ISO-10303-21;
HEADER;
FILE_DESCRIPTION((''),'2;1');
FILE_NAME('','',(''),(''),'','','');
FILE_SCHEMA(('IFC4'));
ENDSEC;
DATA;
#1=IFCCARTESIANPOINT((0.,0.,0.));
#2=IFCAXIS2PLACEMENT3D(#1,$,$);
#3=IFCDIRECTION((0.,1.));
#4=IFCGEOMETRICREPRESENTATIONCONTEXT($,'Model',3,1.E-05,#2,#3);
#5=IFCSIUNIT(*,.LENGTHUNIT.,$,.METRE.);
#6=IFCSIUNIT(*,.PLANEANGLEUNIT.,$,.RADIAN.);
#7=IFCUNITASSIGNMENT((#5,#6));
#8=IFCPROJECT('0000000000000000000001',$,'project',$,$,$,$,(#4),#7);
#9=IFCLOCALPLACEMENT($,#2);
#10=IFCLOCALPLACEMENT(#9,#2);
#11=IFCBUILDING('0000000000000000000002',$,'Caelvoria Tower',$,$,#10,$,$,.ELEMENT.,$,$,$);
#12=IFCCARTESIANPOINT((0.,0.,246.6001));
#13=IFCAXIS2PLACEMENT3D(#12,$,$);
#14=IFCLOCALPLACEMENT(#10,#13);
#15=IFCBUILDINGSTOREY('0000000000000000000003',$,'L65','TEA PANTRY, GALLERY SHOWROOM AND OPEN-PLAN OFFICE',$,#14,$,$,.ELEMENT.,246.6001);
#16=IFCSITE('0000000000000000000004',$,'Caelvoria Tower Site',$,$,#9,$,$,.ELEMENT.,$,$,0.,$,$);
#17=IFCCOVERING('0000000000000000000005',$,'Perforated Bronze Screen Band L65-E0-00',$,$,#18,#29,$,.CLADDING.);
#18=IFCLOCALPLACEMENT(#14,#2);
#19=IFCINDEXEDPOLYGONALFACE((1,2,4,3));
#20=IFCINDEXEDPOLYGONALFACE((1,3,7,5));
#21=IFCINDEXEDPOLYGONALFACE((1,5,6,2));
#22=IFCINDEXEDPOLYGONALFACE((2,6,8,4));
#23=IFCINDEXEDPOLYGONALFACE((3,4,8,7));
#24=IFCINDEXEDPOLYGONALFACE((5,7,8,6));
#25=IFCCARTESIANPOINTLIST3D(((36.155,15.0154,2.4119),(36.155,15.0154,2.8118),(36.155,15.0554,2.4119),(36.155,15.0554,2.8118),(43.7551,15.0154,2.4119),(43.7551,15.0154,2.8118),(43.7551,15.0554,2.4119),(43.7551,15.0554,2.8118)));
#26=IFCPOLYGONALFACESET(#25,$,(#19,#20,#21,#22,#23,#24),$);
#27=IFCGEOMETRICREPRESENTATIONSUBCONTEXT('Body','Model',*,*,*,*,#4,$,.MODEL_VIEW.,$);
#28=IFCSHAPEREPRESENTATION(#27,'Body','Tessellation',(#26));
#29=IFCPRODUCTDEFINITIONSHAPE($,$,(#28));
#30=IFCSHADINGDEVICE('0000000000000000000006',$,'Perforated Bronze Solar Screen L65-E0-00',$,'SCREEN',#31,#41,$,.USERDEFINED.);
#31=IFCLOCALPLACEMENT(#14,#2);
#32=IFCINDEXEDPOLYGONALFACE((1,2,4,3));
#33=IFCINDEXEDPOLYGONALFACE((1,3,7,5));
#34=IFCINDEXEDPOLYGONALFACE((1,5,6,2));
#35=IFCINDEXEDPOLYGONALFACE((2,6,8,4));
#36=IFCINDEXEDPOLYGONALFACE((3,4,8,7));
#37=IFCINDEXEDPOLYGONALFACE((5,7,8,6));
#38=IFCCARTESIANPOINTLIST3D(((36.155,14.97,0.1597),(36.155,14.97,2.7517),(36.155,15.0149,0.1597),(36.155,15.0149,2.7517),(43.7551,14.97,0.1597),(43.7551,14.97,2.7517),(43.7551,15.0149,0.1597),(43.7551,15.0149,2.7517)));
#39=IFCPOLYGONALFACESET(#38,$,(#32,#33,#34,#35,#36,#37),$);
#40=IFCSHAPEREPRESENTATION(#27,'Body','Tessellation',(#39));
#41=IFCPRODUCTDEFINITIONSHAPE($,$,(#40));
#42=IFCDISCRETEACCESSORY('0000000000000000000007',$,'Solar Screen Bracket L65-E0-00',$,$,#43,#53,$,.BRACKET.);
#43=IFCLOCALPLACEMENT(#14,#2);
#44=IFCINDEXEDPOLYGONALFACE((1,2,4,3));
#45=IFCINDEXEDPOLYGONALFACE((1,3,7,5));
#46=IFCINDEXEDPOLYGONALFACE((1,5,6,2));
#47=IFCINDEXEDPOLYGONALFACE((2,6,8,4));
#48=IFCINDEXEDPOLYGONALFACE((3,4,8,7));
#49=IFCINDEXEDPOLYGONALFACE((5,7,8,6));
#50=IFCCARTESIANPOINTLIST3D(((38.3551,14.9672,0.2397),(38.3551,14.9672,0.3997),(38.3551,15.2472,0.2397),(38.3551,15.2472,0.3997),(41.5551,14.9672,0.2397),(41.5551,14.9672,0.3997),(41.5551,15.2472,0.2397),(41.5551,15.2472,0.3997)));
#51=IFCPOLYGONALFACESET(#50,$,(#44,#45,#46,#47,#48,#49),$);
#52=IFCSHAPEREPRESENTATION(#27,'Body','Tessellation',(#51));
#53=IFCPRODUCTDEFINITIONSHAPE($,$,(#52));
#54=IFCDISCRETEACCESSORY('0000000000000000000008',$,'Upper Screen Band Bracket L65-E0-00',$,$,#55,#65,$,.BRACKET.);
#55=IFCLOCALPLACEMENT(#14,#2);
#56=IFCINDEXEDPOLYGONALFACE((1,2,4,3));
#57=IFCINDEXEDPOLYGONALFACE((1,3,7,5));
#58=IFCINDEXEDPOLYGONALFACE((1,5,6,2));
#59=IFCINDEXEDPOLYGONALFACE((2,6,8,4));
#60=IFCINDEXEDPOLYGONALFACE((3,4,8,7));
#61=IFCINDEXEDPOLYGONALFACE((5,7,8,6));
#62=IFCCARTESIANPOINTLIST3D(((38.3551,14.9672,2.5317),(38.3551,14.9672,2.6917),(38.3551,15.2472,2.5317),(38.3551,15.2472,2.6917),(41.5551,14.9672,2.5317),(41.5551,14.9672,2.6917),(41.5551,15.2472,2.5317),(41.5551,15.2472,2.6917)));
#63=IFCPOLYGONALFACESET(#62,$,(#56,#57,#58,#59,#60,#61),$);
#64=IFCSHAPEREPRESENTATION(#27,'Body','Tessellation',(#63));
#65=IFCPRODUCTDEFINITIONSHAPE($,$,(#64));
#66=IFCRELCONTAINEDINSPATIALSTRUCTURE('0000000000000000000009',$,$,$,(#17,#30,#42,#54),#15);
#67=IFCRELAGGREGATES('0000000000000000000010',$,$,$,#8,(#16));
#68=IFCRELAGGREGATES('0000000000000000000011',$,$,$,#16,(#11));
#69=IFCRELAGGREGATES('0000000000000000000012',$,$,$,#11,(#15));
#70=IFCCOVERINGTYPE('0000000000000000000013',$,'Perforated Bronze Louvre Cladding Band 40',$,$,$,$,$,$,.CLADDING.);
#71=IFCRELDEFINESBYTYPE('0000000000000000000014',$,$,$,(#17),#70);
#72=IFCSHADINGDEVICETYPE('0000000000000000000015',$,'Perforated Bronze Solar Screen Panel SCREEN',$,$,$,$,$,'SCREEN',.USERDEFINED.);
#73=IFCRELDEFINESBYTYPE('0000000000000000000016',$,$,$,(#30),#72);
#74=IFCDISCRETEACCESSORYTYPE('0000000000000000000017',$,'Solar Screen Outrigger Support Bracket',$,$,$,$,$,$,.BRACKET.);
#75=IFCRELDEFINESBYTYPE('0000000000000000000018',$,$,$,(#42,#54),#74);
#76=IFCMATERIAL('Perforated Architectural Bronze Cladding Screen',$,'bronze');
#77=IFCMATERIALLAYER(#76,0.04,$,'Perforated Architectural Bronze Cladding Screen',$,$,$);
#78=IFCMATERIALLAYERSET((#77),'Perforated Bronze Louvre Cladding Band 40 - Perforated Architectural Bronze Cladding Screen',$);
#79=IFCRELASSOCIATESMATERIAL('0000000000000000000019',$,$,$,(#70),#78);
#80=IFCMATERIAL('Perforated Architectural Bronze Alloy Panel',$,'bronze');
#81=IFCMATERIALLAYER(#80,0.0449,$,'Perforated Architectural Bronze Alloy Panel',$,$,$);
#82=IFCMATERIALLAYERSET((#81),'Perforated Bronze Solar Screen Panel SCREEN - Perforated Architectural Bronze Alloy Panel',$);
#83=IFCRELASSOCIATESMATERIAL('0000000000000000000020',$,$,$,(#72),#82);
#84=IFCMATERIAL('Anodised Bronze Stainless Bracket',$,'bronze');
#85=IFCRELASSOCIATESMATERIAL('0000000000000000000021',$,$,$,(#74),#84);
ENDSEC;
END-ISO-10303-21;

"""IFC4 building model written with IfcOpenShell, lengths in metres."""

from ifc_helpers import new_model, si_unit, direction, frame, origin, origin_2d, place, context, subcontext, project, spatial, rectangle, extrude, material, layer, layer_set, type_object, element, save


model = new_model("IFC4")

# Units and contexts
model_context = context("Model", 3, precision=1e-05, world=origin(), true_north=direction((0.0, 1.0)))
body_context = subcontext(model_context, "Body", "Model", "MODEL_VIEW")
ifc_project = project(units=[si_unit("LENGTHUNIT", "METRE"), si_unit("PLANEANGLEUNIT", "RADIAN")], contexts=[model_context])

# Site, building, storey
site_placement = place(None, origin())
site = spatial("IfcSite", under=ifc_project, at=site_placement, Name="Caelvoria Tower Site", CompositionType="ELEMENT", RefElevation=0.0)
building_placement = place(site_placement, origin())
building = spatial("IfcBuilding", under=site, at=building_placement, Name="Caelvoria Tower", CompositionType="ELEMENT")
storey_placement = place(building_placement, frame((0.0, 0.0, 246.6001)))
storey = spatial("IfcBuildingStorey", under=building, at=storey_placement, Name="L65", Description="TEA PANTRY, GALLERY SHOWROOM AND OPEN-PLAN OFFICE", CompositionType="ELEMENT", Elevation=246.6001)

# Covering
ifc_material_1 = material(Name="Perforated Architectural Bronze Cladding Screen", Category="bronze")
ifc_layer_1 = layer(ifc_material_1, 0.04, Name="Perforated Architectural Bronze Cladding Screen")
ifc_layer_set_1 = layer_set([ifc_layer_1], Name="Perforated Bronze Louvre Cladding Band 40 - Perforated Architectural Bronze Cladding Screen")
covering_type = type_object("IfcCoveringType", Name="Perforated Bronze Louvre Cladding Band 40", PredefinedType="CLADDING", material=ifc_layer_set_1)
covering_placement = place(storey_placement, frame((39.9551, 15.0354, 2.4119), z_axis=(0.0, 0.0, 1.0), x_axis=(1.0, 0.0, 0.0)))
element("IfcCovering", 1, at=covering_placement, inside=storey, type_object=covering_type, Name="Perforated Bronze Screen Band L65-E0-00", PredefinedType="CLADDING", context=body_context, shape_type="SweptSolid", body=[
    extrude(rectangle(XDim=7.6001, YDim=0.04, at=origin_2d()), origin(), (0.0, 0.0, 1.0), 0.3999),
])

# Shading device
ifc_material_2 = material(Name="Perforated Architectural Bronze Alloy Panel", Category="bronze")
ifc_layer_2 = layer(ifc_material_2, 0.0449, Name="Perforated Architectural Bronze Alloy Panel")
ifc_layer_set_2 = layer_set([ifc_layer_2], Name="Perforated Bronze Solar Screen Panel SCREEN - Perforated Architectural Bronze Alloy Panel")
shading_device_type = type_object("IfcShadingDeviceType", Name="Perforated Bronze Solar Screen Panel SCREEN", ElementType="SCREEN", PredefinedType="USERDEFINED", material=ifc_layer_set_2)
shading_device_placement = place(storey_placement, frame((39.9551, 14.9924, 0.1597), z_axis=(0.0, 0.0, 1.0), x_axis=(1.0, 0.0, 0.0)))
element("IfcShadingDevice", 2, at=shading_device_placement, inside=storey, type_object=shading_device_type, Name="Perforated Bronze Solar Screen L65-E0-00", ObjectType="SCREEN", PredefinedType="USERDEFINED", context=body_context, shape_type="SweptSolid", body=[
    extrude(rectangle(XDim=7.6001, YDim=0.0449, at=origin_2d()), origin(), (0.0, 0.0, 1.0), 2.592),
])

# Discrete accessories
ifc_material_3 = material(Name="Anodised Bronze Stainless Bracket", Category="bronze")
discrete_accessory_type = type_object("IfcDiscreteAccessoryType", Name="Solar Screen Outrigger Support Bracket", PredefinedType="BRACKET", material=ifc_material_3)
for number, where, z_axis, x_axis, name in (
    (3, (39.9551, 15.1072, 0.2397), (0.0, 0.0, 1.0), (1.0, 0.0, 0.0), "Solar Screen Bracket L65-E0-00"),
    (4, (39.9551, 15.1072, 2.5317), (0.0, 0.0, 1.0), (1.0, 0.0, 0.0), "Upper Screen Band Bracket L65-E0-00"),
):
    element("IfcDiscreteAccessory", number, at=place(storey_placement, frame(where, z_axis=z_axis, x_axis=x_axis)), inside=storey, type_object=discrete_accessory_type, Name=name, PredefinedType="BRACKET", context=body_context, shape_type="SweptSolid", body=[
        extrude(rectangle(XDim=3.2, YDim=0.28, at=origin_2d()), origin(), (0.0, 0.0, 1.0), 0.1599),
    ])

save(model, "model.ifc")
